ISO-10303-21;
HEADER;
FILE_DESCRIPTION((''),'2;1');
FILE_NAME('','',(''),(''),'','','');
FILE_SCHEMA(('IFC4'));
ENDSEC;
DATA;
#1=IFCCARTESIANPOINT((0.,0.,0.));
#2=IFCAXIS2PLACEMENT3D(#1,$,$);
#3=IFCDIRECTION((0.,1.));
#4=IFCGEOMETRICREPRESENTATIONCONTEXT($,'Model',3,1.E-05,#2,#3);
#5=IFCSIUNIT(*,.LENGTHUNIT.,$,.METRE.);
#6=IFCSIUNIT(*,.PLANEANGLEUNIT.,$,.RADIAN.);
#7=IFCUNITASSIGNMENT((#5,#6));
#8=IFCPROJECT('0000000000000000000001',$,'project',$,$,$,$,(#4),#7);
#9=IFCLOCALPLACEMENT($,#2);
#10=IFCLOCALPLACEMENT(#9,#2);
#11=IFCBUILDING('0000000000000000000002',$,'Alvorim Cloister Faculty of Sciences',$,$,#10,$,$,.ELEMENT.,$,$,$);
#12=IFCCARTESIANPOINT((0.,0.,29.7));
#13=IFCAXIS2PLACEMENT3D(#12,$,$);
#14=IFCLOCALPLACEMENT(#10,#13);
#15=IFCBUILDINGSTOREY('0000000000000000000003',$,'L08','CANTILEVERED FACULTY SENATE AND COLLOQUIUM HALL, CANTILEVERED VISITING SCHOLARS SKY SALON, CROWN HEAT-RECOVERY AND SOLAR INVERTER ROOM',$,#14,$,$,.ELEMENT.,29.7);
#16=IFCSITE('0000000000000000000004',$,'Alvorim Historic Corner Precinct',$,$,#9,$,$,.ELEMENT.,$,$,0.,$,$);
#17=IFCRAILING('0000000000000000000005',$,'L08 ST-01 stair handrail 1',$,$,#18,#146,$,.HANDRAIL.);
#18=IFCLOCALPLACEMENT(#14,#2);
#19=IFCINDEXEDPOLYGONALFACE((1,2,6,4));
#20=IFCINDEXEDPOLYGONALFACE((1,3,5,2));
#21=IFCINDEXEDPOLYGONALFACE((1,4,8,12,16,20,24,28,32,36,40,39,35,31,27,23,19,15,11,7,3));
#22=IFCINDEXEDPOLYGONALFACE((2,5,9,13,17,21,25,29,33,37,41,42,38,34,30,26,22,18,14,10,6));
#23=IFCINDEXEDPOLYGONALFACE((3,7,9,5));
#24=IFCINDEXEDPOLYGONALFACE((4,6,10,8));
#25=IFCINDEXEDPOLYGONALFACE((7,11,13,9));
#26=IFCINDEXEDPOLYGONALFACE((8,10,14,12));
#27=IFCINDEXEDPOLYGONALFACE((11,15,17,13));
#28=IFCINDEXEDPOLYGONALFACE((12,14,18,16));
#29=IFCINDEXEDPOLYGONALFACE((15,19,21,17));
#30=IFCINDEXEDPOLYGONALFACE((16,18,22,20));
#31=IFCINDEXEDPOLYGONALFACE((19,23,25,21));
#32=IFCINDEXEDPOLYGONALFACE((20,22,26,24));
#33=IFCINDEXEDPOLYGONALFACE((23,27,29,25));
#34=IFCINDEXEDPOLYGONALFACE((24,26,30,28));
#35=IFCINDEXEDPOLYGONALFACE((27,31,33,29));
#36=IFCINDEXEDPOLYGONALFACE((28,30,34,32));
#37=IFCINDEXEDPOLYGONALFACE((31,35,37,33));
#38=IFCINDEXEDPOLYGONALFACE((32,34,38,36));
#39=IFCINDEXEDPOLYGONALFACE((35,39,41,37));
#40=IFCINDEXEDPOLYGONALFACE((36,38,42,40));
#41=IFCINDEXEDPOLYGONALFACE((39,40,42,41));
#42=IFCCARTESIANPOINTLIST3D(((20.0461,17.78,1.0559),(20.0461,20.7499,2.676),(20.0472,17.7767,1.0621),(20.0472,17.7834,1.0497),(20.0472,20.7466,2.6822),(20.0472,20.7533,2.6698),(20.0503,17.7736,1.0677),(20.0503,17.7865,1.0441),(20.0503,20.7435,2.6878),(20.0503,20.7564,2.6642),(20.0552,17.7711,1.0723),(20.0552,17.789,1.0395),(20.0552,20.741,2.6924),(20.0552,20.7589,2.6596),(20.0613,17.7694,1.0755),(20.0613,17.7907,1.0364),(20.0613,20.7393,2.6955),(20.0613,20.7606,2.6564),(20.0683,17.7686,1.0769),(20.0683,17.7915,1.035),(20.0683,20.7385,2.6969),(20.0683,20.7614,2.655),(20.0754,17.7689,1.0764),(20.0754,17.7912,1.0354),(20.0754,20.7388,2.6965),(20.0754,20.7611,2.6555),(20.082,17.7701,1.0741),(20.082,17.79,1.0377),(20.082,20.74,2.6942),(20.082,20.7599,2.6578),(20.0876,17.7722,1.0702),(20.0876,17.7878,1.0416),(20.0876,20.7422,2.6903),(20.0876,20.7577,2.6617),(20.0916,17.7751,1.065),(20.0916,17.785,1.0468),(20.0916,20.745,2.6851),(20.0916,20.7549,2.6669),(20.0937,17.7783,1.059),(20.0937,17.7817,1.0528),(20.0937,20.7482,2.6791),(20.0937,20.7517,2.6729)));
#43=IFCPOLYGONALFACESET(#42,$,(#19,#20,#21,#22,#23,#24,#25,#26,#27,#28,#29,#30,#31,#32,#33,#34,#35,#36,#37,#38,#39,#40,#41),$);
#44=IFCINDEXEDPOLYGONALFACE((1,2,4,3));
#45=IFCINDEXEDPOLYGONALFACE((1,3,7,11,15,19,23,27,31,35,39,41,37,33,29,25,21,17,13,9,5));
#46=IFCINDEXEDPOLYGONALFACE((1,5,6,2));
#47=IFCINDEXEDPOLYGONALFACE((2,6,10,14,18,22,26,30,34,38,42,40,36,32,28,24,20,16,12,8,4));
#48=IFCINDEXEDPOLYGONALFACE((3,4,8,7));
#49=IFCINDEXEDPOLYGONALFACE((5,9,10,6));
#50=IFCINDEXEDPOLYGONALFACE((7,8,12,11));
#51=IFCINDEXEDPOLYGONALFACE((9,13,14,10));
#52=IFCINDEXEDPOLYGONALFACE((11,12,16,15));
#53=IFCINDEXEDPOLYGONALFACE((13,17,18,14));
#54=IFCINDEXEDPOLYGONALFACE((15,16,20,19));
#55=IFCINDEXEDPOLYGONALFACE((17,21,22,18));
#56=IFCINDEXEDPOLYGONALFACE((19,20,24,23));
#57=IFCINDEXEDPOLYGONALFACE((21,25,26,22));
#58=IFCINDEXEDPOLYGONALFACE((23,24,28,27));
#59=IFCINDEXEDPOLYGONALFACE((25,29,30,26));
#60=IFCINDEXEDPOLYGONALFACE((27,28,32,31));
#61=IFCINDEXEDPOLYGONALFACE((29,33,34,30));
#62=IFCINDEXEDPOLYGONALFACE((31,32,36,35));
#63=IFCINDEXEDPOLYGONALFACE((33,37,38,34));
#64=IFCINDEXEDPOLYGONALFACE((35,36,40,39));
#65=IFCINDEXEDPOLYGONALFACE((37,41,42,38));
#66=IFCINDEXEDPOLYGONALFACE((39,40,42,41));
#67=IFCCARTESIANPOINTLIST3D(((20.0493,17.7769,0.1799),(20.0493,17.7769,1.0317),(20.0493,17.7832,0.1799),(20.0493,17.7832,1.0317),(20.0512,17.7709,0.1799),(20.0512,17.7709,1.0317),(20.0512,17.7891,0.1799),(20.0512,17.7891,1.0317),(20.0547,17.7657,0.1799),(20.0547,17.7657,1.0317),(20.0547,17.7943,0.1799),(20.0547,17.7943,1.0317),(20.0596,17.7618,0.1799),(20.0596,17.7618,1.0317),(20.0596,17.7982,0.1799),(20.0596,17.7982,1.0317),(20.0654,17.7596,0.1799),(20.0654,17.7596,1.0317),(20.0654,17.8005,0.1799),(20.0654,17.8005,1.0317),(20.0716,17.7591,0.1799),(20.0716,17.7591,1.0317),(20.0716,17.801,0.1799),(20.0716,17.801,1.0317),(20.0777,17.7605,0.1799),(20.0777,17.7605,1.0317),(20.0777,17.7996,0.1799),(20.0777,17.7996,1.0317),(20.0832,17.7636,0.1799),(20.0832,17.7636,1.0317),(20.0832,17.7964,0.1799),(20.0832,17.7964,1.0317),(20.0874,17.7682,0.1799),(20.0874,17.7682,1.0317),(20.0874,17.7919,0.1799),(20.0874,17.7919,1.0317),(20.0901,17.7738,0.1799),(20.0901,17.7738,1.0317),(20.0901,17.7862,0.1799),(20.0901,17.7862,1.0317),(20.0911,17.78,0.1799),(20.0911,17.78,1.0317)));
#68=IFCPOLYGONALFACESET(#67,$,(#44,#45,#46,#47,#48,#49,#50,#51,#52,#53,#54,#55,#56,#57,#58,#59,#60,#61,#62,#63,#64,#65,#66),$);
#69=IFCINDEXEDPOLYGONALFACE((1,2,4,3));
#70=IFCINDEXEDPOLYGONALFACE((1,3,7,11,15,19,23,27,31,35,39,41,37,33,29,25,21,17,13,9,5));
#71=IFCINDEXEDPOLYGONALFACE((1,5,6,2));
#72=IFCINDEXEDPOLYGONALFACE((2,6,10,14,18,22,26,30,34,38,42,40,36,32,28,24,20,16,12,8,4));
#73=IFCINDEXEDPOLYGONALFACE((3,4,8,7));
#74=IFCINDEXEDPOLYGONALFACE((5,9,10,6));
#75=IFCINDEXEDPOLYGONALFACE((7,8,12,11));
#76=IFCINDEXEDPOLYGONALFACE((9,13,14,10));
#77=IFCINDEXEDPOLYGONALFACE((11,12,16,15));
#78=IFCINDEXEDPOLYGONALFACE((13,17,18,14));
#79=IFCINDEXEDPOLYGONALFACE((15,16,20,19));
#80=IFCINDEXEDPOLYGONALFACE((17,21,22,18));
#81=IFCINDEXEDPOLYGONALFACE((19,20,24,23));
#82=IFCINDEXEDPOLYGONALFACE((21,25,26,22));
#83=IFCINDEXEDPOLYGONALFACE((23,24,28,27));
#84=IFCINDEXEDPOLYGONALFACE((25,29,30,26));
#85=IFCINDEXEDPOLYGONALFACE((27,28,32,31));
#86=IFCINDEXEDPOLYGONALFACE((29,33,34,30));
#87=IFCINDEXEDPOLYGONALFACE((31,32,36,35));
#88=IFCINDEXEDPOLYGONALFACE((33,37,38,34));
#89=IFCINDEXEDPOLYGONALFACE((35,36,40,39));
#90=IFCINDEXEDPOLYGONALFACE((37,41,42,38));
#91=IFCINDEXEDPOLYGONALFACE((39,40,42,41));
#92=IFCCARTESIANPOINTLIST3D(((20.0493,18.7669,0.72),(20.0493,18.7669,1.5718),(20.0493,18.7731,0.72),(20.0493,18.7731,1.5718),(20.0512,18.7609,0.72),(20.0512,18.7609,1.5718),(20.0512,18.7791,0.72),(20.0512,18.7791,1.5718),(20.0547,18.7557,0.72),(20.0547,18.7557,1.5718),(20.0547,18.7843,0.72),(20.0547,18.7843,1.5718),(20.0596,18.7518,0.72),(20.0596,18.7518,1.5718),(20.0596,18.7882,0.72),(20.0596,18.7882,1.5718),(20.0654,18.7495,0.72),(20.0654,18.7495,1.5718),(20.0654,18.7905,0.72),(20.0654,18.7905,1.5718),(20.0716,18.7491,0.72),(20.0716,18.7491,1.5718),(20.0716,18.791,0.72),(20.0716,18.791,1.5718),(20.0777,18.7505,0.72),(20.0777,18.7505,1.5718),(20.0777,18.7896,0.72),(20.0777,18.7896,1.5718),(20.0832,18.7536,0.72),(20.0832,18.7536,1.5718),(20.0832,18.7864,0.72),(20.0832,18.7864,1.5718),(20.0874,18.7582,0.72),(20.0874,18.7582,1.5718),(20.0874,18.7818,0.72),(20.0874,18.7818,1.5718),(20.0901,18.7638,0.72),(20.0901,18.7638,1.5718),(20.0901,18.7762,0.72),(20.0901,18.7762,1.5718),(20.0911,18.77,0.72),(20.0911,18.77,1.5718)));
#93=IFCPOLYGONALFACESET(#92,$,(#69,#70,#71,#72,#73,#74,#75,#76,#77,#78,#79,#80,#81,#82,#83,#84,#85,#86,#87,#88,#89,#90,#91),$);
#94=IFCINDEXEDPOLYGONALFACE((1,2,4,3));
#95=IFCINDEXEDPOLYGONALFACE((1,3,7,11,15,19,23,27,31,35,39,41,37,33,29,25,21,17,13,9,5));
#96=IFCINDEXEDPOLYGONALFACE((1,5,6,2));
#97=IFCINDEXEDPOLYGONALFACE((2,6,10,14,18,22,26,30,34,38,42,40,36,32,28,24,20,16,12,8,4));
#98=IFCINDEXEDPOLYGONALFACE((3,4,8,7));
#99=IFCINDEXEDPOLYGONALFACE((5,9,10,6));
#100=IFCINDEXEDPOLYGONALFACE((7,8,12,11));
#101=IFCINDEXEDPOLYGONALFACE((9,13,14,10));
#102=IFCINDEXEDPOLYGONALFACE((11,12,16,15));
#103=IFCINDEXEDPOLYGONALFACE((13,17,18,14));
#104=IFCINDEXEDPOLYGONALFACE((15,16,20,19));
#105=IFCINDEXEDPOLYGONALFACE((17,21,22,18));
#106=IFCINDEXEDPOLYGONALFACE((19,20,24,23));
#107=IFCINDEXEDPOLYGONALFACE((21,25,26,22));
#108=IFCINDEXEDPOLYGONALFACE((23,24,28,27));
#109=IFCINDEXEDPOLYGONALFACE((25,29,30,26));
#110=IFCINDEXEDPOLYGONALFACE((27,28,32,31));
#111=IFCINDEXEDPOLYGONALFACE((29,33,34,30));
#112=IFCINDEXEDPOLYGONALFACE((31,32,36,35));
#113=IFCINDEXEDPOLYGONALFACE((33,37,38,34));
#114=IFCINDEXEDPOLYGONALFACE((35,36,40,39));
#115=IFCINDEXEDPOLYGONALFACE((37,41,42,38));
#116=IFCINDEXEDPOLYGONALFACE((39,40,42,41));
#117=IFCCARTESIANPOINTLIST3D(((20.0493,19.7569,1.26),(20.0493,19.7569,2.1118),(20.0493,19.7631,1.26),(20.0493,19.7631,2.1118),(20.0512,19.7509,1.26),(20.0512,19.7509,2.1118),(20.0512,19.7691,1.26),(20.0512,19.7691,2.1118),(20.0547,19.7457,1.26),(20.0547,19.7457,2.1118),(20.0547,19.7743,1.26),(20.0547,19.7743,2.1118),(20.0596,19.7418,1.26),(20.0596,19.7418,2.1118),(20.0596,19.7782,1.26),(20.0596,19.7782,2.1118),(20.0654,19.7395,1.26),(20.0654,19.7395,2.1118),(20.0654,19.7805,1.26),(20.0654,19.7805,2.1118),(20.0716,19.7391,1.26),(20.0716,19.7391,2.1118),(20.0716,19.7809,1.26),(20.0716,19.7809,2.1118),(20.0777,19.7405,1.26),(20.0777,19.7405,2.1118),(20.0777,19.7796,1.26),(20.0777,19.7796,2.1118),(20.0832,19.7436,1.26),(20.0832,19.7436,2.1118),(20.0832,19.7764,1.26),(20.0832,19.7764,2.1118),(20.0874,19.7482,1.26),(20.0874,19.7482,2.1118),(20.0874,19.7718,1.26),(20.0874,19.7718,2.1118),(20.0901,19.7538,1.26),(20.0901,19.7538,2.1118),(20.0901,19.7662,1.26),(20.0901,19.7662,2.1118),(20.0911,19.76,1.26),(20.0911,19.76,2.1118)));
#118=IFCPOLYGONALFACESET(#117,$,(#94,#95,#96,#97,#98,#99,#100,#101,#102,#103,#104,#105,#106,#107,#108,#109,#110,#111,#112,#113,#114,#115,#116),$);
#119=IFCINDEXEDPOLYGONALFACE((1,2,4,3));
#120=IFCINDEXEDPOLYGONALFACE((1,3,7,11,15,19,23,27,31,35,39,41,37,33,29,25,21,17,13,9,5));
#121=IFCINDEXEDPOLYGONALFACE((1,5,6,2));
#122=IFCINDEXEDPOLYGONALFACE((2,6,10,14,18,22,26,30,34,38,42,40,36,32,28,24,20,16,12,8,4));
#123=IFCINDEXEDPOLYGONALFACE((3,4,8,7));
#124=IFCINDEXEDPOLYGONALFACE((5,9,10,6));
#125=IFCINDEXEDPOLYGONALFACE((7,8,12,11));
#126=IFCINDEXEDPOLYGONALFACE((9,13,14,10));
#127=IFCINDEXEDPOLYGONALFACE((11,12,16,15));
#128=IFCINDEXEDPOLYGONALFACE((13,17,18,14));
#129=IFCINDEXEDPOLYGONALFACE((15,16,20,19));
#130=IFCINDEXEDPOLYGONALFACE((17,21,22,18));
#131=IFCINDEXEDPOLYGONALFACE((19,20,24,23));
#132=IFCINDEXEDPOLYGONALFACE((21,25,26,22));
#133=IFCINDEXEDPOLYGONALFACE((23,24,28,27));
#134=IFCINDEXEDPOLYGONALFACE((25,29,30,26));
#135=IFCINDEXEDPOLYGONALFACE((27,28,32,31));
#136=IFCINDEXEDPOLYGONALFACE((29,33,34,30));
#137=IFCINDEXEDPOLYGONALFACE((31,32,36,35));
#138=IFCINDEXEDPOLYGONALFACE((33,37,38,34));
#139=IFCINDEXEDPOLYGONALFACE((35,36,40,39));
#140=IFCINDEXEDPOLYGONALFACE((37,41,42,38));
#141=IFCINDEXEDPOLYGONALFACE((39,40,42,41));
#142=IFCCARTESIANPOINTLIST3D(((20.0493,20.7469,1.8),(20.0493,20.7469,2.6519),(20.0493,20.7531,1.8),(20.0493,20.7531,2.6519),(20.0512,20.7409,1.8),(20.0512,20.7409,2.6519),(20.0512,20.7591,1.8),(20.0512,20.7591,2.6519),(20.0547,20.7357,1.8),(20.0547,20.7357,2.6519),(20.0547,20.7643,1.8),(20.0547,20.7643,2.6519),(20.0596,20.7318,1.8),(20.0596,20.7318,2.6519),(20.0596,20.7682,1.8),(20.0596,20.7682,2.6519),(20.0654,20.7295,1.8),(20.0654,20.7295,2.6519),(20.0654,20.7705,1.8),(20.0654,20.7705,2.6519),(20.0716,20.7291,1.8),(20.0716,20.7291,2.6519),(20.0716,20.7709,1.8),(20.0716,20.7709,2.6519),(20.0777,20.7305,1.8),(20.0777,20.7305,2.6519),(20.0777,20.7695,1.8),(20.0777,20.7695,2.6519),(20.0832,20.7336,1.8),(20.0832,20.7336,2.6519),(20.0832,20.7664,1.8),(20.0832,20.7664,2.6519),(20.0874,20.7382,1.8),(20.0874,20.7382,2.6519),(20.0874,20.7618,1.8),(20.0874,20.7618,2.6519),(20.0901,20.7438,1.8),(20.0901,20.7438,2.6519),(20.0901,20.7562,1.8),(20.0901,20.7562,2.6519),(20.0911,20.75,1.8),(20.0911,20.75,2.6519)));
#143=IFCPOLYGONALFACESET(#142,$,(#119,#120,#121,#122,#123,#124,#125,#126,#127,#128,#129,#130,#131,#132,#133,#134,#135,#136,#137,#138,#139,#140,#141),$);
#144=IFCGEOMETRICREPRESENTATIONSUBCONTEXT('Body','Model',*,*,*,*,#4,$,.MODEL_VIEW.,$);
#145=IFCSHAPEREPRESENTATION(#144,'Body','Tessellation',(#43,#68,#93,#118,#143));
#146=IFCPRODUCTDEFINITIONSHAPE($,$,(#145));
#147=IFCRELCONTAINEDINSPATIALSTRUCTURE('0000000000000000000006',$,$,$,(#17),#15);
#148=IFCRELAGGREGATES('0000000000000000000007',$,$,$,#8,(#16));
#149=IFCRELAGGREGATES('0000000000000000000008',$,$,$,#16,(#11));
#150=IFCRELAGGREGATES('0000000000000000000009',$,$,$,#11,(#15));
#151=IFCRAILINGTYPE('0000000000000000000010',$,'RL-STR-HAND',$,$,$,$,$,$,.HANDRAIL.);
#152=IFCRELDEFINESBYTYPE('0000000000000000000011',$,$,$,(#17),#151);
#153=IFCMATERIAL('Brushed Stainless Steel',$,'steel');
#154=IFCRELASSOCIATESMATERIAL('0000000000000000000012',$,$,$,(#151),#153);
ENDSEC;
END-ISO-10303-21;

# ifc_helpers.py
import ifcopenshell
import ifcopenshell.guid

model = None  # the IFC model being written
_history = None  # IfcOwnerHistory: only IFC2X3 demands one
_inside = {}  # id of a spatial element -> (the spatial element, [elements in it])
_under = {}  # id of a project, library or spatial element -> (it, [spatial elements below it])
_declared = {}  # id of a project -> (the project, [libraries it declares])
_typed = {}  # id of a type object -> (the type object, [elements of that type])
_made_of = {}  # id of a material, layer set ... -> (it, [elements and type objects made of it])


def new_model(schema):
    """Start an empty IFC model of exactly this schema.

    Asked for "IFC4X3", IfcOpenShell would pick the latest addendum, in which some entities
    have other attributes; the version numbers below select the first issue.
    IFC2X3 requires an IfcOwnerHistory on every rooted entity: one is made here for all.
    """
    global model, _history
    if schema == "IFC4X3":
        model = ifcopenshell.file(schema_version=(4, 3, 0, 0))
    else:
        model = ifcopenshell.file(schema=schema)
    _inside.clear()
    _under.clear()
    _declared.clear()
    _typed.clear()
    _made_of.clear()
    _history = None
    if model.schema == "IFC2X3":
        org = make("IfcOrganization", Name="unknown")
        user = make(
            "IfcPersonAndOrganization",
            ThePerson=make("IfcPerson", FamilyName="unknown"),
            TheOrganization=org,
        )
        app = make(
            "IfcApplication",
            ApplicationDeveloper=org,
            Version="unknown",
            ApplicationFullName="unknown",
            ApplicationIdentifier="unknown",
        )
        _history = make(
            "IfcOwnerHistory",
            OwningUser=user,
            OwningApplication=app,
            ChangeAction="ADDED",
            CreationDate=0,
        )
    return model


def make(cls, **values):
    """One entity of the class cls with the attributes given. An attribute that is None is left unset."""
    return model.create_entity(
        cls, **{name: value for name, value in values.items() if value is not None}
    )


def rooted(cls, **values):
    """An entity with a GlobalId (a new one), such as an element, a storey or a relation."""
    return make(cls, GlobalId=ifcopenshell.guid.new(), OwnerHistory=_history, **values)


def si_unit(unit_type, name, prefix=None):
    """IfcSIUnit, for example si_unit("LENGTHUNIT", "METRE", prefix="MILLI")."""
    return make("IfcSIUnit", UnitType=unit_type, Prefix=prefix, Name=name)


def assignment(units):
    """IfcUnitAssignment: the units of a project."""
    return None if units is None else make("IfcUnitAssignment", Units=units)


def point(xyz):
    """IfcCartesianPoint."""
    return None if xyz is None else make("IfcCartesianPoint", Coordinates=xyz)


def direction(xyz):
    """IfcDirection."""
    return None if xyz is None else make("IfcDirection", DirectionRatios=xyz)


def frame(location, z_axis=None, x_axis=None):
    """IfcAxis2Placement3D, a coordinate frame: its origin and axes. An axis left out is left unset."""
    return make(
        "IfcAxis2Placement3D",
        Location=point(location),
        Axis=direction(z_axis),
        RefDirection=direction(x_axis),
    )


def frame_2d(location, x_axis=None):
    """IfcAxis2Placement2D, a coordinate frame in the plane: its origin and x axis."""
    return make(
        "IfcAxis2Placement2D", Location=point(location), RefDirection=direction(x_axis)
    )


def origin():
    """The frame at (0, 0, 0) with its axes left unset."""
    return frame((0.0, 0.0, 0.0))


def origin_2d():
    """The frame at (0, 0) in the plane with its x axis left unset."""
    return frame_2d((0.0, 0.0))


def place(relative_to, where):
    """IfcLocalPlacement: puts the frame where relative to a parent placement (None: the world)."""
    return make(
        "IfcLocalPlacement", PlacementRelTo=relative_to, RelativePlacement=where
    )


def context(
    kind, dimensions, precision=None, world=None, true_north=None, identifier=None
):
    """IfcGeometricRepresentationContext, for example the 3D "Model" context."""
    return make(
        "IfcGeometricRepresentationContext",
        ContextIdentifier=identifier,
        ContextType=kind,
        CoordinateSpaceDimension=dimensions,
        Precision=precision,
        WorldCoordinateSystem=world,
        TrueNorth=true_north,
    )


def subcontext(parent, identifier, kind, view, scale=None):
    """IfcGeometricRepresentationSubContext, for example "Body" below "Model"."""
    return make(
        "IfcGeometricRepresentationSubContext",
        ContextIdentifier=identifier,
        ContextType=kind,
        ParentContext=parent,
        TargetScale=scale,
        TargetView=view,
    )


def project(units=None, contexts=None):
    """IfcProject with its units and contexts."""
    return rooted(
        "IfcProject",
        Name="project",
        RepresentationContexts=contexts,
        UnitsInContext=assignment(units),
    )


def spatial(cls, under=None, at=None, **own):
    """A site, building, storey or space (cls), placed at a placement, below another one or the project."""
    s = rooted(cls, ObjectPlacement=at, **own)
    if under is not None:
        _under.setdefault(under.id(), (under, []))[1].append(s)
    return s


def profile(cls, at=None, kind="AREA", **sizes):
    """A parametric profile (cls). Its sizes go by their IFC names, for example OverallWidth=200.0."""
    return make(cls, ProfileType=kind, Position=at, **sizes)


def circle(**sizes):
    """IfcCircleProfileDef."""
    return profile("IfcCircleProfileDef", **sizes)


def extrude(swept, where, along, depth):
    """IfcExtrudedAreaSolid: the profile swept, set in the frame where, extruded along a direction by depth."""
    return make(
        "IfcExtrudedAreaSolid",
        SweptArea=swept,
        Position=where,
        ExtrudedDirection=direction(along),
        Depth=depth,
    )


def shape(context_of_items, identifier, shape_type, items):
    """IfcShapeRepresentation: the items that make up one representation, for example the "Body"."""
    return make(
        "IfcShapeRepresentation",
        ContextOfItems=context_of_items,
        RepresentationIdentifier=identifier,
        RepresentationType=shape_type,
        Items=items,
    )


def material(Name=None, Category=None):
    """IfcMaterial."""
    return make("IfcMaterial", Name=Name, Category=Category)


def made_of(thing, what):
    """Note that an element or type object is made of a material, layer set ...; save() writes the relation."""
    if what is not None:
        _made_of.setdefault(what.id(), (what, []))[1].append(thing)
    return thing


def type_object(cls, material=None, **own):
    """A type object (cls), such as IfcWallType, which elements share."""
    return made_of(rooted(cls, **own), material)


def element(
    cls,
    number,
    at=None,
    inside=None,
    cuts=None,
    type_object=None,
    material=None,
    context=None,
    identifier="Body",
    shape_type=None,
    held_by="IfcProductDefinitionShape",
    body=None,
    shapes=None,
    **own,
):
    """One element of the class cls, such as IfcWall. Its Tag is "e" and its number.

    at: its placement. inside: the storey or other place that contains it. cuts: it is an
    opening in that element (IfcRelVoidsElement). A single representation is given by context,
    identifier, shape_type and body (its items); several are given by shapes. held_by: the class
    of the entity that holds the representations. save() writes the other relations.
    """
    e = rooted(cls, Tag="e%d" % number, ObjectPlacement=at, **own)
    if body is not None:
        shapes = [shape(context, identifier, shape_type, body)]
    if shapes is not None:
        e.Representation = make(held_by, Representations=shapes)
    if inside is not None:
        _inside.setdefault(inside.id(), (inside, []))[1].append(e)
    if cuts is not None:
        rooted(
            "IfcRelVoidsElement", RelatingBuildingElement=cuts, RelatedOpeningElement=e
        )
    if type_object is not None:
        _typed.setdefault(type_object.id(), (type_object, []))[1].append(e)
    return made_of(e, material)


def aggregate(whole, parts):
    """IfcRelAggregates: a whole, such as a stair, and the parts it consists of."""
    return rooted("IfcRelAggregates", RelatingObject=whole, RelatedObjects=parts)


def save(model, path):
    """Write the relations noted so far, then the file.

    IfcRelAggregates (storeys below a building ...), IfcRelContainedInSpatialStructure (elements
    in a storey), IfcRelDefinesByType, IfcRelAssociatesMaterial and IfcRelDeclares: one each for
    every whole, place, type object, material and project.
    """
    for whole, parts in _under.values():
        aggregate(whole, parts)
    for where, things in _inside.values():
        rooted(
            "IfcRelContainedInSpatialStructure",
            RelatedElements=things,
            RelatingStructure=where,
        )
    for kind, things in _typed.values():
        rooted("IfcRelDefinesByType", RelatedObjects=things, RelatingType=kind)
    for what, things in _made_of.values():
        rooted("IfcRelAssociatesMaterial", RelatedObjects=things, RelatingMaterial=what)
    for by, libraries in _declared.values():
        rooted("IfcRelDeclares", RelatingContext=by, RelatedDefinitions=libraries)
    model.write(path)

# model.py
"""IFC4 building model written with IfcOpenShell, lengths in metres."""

from ifc_helpers import new_model, si_unit, direction, frame, origin, origin_2d, place, context, subcontext, project, spatial, circle, extrude, material, type_object, element, save


model = new_model("IFC4")

# Units and contexts
model_context = context("Model", 3, precision=1e-05, world=origin(), true_north=direction((0.0, 1.0)))
body_context = subcontext(model_context, "Body", "Model", "MODEL_VIEW")
ifc_project = project(units=[si_unit("LENGTHUNIT", "METRE"), si_unit("PLANEANGLEUNIT", "RADIAN")], contexts=[model_context])

# Site, building, storey
site_placement = place(None, origin())
site = spatial("IfcSite", under=ifc_project, at=site_placement, Name="Alvorim Historic Corner Precinct", CompositionType="ELEMENT", RefElevation=0.0)
building_placement = place(site_placement, origin())
building = spatial("IfcBuilding", under=site, at=building_placement, Name="Alvorim Cloister Faculty of Sciences", CompositionType="ELEMENT")
storey_placement = place(building_placement, frame((0.0, 0.0, 29.7)))
storey = spatial("IfcBuildingStorey", under=building, at=storey_placement, Name="L08", Description="CANTILEVERED FACULTY SENATE AND COLLOQUIUM HALL, CANTILEVERED VISITING SCHOLARS SKY SALON, CROWN HEAT-RECOVERY AND SOLAR INVERTER ROOM", CompositionType="ELEMENT", Elevation=29.7)

# Railing
ifc_material_1 = material(Name="Brushed Stainless Steel", Category="steel")
railing_type_1 = type_object("IfcRailingType", Name="RL-STR-HAND", PredefinedType="HANDRAIL", material=ifc_material_1)
railing_1_placement = place(storey_placement, frame((20.0701, 17.78, 0.1799)))
element("IfcRailing", 1, at=railing_1_placement, inside=storey, type_object=railing_type_1, Name="L08 ST-01 stair handrail 1", PredefinedType="HANDRAIL", context=body_context, shape_type="SweptSolid", body=[
    extrude(circle(Radius=0.0239, at=origin_2d()), frame((0.0, 0.0, 0.876), z_axis=(0.0, 0.877879, 0.478882), x_axis=(-1.0, 0.0, 0.0)), (0.0, 0.0, 1.0), 3.3831),
    extrude(circle(Radius=0.021, at=origin_2d()), origin(), (0.0, 0.0, 1.0), 0.8518),
    extrude(circle(Radius=0.021, at=origin_2d()), frame((0.0, 0.99, 0.54)), (0.0, 0.0, 1.0), 0.8518),
    extrude(circle(Radius=0.021, at=origin_2d()), frame((0.0, 1.98, 1.0801)), (0.0, 0.0, 1.0), 0.8518),
    extrude(circle(Radius=0.021, at=origin_2d()), frame((0.0, 2.97, 1.6201)), (0.0, 0.0, 1.0), 0.8518),
])

save(model, "model.ifc")
